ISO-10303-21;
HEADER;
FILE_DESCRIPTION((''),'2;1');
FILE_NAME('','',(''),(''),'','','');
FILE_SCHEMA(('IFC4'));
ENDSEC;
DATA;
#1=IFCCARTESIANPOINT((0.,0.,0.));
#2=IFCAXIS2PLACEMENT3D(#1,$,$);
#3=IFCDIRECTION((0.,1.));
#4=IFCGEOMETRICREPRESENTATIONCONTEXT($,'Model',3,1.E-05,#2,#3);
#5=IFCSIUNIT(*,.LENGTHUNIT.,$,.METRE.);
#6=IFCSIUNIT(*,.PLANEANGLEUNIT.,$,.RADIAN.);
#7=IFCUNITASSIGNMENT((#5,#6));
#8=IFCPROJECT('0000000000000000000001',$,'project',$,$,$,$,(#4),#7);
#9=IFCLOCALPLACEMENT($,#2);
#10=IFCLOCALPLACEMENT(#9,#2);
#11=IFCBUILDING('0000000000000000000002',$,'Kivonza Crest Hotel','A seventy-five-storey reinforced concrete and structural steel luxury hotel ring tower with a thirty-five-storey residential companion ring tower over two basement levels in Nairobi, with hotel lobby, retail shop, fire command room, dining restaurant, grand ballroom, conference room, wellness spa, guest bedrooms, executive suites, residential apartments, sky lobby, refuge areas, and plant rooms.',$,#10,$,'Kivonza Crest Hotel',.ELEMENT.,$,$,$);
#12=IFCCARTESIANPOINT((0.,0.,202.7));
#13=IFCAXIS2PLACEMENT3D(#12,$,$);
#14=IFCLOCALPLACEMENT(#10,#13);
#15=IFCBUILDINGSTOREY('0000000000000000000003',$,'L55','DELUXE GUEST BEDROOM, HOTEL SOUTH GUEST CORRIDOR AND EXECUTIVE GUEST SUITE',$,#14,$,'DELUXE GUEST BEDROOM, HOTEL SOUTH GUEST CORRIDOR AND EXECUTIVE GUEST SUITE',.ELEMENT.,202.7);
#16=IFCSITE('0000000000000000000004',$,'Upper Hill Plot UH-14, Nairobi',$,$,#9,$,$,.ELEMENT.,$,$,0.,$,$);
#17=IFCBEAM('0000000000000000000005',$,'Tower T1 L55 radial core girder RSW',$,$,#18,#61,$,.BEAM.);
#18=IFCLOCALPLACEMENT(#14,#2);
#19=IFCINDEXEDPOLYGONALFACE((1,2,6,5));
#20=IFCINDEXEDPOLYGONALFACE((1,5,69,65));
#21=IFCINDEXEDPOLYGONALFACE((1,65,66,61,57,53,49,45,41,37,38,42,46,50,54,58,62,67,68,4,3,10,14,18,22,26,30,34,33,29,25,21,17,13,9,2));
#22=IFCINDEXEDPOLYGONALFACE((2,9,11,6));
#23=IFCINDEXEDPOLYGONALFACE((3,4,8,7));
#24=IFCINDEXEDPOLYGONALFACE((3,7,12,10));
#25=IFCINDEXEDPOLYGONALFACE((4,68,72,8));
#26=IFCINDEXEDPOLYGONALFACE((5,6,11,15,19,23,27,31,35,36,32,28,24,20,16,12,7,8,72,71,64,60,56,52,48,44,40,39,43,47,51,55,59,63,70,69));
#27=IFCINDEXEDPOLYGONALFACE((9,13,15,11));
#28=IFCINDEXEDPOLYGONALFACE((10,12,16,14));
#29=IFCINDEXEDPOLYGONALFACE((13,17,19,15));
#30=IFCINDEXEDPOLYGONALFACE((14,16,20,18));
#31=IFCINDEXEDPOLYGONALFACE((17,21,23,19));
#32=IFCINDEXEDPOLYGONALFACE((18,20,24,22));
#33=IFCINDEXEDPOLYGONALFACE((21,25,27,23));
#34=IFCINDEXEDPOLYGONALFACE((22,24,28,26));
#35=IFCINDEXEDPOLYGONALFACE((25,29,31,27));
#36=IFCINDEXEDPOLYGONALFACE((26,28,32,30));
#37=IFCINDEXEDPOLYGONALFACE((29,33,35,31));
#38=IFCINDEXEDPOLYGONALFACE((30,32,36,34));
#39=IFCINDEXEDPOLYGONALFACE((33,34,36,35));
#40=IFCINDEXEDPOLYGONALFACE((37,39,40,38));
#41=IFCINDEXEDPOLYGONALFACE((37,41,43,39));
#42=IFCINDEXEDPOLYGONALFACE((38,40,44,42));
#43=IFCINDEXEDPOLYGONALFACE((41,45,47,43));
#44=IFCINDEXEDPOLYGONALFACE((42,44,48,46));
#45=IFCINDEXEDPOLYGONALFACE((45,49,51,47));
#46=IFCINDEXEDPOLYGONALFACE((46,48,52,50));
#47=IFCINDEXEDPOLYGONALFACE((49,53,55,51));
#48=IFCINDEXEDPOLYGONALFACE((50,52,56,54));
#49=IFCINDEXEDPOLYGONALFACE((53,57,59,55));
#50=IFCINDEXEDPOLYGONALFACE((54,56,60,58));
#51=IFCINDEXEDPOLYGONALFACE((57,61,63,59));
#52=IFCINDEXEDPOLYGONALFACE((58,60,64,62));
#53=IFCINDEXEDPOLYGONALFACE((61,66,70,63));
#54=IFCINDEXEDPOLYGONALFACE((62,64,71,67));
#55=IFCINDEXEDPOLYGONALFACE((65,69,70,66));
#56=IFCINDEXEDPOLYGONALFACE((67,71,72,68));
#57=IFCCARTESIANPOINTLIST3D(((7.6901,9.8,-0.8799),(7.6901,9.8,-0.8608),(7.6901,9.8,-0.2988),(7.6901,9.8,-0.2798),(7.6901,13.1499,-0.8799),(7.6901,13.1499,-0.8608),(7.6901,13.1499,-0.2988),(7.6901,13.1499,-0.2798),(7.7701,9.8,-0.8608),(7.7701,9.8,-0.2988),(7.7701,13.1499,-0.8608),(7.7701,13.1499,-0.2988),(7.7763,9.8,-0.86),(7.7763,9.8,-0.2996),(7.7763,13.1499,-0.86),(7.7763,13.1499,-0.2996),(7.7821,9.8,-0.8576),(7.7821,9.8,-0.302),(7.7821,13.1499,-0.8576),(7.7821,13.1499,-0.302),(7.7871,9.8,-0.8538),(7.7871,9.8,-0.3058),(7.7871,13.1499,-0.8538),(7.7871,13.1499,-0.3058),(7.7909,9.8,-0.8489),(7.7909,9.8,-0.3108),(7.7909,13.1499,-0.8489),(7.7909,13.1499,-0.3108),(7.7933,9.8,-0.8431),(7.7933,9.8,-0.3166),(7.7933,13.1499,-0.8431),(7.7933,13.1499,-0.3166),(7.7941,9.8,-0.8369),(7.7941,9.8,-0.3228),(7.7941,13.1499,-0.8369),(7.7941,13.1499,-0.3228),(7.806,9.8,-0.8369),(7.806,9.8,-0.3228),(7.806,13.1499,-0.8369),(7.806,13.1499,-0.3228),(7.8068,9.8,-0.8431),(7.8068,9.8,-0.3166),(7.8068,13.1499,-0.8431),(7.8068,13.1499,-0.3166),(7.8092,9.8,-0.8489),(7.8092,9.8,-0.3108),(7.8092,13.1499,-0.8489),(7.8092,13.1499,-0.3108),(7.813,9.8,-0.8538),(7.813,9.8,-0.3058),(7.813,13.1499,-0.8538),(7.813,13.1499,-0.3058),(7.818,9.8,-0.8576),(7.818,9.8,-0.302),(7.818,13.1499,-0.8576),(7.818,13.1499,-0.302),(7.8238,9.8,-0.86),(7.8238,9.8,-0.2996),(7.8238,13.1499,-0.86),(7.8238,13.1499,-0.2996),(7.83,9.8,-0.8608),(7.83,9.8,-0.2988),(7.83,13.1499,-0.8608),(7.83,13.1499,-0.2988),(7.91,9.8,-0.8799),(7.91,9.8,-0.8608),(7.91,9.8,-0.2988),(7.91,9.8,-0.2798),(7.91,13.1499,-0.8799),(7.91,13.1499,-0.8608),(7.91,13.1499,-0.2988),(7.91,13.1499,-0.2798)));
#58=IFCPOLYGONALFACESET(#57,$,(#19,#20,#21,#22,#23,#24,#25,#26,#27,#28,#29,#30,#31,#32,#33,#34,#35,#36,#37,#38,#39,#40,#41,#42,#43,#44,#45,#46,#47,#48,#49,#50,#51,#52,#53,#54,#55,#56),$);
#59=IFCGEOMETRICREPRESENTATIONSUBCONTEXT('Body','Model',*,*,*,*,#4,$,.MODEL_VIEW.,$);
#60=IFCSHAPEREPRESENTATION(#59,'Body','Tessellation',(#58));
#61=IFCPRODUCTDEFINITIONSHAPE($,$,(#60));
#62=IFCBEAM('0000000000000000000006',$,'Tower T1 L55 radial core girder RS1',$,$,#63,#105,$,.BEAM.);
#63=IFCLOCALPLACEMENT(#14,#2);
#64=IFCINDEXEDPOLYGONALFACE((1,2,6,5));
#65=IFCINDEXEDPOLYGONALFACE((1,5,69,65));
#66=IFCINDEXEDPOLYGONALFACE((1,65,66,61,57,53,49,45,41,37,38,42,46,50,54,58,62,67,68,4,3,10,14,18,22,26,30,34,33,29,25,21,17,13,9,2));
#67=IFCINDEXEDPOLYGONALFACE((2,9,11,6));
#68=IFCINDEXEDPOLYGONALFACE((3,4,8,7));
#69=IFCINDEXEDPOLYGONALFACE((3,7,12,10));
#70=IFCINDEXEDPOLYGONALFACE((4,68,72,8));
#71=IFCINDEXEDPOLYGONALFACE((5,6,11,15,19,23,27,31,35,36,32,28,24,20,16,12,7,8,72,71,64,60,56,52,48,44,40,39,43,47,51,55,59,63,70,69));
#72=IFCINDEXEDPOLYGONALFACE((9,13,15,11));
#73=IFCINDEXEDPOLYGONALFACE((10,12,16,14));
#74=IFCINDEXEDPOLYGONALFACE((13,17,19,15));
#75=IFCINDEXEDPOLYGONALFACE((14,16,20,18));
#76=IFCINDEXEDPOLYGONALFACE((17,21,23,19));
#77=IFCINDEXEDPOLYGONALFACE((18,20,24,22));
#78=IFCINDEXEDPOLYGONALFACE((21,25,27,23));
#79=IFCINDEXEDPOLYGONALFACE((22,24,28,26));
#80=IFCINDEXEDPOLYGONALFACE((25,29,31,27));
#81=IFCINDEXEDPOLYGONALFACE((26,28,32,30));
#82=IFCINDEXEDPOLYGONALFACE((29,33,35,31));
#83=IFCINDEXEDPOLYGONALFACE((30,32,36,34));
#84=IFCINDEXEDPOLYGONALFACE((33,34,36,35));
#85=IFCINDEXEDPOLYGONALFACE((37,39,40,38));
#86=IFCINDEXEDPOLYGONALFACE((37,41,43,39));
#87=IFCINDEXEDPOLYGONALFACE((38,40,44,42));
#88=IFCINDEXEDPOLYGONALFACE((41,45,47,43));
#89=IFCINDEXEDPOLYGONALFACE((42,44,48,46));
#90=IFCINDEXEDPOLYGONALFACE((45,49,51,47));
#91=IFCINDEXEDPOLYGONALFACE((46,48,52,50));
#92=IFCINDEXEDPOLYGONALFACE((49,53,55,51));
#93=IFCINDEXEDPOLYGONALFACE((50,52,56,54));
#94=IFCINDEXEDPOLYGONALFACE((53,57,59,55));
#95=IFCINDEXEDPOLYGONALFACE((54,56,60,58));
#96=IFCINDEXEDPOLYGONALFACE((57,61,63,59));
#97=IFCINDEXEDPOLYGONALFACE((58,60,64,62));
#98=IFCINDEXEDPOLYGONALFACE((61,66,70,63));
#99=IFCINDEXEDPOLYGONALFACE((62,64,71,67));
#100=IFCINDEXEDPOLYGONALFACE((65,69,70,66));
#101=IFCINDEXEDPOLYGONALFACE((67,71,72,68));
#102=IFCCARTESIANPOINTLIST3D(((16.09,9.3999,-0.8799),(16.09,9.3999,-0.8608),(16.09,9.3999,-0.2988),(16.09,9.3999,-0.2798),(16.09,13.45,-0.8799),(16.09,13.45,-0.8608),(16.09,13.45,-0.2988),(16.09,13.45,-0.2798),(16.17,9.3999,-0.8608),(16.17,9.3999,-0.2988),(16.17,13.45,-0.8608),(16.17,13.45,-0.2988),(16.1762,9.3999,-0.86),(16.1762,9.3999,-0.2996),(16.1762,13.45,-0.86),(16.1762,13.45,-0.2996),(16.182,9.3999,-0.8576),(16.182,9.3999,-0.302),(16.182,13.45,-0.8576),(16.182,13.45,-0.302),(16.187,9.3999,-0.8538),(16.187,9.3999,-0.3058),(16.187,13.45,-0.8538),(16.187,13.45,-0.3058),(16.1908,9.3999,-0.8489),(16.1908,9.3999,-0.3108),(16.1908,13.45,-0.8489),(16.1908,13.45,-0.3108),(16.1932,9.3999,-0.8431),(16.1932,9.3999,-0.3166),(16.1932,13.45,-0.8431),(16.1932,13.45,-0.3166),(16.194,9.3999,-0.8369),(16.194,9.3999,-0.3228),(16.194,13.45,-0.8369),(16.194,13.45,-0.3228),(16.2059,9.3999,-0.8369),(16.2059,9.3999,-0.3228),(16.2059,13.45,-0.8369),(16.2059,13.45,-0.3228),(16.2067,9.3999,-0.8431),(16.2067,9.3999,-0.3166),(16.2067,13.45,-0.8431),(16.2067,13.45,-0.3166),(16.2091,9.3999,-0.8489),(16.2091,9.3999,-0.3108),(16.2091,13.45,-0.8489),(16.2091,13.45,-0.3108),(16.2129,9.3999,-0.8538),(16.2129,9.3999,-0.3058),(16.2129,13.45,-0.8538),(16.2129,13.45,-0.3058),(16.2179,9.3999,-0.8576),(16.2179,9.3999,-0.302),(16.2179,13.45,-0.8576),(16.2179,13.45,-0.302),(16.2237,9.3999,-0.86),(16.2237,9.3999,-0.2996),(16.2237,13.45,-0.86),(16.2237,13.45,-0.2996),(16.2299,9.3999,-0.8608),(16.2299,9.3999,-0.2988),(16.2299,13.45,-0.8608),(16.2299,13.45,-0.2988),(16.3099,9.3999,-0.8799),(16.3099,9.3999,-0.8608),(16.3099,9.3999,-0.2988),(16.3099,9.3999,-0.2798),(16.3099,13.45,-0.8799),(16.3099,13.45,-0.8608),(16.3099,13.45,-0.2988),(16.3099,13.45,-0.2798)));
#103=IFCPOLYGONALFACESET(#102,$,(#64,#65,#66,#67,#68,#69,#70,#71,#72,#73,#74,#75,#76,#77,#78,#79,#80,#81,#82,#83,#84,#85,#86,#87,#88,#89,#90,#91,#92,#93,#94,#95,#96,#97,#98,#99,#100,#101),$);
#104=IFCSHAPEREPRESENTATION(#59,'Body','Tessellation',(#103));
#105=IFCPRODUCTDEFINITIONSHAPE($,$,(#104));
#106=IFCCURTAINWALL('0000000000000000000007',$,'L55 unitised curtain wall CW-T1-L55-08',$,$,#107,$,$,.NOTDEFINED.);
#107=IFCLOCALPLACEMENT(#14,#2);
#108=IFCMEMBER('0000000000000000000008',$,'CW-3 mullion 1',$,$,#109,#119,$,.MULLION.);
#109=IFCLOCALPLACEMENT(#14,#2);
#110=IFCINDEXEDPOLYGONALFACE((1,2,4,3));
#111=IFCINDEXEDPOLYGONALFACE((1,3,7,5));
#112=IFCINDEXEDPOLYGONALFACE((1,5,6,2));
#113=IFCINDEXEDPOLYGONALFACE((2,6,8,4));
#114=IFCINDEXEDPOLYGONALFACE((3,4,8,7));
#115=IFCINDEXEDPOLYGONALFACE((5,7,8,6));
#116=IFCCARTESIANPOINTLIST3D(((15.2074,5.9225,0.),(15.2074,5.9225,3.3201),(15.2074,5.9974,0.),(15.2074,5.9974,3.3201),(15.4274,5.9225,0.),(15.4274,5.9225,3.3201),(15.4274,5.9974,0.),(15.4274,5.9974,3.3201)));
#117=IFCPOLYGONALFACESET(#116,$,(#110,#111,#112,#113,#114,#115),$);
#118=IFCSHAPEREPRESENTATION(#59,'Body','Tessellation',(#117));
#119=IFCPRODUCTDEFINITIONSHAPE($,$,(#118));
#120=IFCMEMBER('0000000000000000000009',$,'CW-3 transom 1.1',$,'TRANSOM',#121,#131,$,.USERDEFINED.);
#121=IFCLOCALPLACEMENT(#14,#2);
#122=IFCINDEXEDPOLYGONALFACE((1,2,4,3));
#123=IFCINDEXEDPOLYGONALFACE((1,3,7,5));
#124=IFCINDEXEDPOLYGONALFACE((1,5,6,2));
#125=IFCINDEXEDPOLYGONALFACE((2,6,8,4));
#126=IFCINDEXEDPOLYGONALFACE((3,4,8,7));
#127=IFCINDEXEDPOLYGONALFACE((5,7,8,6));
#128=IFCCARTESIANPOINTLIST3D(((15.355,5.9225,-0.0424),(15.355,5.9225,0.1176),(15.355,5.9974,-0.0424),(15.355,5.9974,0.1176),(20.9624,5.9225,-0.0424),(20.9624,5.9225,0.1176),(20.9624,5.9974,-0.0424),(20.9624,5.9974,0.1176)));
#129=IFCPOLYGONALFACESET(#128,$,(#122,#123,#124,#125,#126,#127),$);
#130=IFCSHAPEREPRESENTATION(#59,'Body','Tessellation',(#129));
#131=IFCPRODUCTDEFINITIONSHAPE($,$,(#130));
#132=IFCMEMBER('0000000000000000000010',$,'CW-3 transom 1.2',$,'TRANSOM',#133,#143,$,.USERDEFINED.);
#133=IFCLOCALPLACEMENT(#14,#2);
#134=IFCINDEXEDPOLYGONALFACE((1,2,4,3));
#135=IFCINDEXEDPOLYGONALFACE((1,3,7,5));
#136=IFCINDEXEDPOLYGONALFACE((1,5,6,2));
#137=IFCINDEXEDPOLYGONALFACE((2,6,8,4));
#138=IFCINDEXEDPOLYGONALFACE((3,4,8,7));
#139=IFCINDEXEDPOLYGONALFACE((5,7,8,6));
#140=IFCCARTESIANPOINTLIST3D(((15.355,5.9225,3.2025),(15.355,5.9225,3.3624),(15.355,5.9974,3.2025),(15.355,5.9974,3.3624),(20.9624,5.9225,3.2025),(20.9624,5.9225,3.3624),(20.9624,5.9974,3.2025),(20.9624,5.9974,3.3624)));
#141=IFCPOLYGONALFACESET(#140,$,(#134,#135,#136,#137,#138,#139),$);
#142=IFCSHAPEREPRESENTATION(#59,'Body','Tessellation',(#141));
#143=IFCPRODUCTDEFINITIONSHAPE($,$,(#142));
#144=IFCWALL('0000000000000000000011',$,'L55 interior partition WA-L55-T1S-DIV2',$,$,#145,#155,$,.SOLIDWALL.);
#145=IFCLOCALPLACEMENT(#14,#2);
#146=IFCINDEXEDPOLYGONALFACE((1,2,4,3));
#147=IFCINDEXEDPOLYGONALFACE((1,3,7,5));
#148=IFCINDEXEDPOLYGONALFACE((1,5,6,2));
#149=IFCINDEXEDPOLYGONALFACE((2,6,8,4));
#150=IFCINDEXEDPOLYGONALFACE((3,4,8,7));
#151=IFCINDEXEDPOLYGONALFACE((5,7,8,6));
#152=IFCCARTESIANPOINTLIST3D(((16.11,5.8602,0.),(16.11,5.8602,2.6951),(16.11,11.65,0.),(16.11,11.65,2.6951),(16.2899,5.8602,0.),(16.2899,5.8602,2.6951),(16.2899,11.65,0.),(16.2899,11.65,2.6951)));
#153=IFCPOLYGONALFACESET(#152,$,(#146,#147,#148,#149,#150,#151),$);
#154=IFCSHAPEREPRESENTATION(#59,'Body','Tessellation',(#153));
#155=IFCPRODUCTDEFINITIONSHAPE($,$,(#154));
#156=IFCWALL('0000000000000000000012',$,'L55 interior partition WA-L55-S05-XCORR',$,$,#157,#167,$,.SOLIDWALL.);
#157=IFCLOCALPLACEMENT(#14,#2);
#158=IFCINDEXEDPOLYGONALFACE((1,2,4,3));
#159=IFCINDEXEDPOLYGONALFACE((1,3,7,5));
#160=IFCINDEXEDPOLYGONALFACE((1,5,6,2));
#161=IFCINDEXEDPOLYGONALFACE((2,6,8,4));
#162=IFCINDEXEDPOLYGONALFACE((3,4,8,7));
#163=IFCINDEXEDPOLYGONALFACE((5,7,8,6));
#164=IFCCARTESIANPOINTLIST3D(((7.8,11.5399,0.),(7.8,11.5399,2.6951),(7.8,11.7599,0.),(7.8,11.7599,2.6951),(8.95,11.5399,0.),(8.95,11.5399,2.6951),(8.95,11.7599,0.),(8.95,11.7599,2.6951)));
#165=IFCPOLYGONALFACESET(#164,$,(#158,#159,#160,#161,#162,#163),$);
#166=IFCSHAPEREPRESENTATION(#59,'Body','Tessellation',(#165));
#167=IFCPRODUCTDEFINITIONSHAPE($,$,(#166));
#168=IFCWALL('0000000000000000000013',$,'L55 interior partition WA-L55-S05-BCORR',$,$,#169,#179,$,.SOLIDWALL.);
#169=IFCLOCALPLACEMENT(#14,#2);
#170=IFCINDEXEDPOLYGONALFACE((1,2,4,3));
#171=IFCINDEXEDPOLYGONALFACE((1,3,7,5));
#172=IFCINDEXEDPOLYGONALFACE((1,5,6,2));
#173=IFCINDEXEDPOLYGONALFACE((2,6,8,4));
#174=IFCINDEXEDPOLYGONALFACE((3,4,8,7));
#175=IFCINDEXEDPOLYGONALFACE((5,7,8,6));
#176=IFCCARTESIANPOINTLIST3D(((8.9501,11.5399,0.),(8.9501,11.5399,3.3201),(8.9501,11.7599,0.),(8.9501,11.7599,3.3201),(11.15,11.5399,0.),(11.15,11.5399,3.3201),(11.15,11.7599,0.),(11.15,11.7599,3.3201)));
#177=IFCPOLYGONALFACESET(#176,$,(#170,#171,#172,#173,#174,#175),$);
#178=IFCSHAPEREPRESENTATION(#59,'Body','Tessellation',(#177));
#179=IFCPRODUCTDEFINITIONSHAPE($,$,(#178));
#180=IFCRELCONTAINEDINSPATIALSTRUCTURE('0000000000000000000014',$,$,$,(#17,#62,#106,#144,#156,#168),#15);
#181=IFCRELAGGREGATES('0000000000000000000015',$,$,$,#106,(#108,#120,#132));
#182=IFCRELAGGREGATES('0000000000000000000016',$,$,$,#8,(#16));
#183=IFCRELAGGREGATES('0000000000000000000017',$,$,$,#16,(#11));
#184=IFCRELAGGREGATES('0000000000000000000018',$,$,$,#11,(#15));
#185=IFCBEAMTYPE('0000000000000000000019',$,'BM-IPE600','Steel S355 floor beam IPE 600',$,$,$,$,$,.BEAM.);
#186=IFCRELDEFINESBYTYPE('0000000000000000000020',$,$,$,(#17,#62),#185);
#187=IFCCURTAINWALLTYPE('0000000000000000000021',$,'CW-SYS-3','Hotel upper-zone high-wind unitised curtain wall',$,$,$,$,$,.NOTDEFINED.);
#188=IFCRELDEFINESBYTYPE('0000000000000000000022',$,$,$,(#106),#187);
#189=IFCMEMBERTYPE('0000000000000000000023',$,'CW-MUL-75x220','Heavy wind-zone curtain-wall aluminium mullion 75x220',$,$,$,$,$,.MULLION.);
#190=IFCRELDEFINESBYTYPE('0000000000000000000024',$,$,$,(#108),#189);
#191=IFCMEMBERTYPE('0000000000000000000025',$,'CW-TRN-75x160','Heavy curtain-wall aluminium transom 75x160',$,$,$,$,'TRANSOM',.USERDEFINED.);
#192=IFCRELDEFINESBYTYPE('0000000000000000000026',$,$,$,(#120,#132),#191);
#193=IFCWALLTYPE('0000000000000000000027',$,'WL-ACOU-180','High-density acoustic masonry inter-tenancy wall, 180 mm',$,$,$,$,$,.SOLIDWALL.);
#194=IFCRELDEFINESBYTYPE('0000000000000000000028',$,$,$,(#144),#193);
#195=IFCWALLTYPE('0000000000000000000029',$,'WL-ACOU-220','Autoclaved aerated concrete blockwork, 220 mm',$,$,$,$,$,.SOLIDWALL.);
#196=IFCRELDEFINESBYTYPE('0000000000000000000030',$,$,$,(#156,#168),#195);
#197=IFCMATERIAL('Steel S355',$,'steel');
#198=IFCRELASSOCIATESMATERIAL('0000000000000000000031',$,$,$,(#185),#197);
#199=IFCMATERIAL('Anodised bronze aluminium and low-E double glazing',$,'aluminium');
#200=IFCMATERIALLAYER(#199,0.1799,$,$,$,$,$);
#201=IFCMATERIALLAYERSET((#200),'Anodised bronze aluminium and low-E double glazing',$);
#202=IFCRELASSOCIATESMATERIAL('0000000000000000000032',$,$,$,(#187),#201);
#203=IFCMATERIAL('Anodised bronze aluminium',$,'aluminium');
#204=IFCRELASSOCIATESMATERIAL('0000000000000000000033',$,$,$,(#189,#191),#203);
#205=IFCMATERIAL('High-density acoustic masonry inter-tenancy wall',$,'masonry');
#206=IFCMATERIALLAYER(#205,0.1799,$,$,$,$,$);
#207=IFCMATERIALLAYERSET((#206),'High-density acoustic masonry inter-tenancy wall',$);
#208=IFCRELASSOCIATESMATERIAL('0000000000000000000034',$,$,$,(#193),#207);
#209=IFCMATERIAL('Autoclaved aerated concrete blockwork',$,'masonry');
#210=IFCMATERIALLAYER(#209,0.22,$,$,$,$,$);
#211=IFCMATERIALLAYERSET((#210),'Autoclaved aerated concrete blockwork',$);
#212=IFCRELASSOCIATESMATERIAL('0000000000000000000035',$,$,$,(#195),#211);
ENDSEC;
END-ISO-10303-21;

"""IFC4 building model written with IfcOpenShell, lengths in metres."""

from ifc_helpers import new_model, si_unit, direction, frame, frame_2d, origin, origin_2d, place, context, subcontext, project, spatial, rectangle, i_section, extrude, material, layer, layer_set, material_profile, profile_set, type_object, element, aggregate, save


model = new_model("IFC4")

# Units and contexts
model_context = context("Model", 3, precision=1e-05, world=origin(), true_north=direction((0.0, 1.0)))
body_context = subcontext(model_context, "Body", "Model", "MODEL_VIEW")
ifc_project = project(units=[si_unit("LENGTHUNIT", "METRE"), si_unit("PLANEANGLEUNIT", "RADIAN")], contexts=[model_context])

# Site, building, storey
site_placement = place(None, origin())
site = spatial("IfcSite", under=ifc_project, at=site_placement, Name="Upper Hill Plot UH-14, Nairobi", CompositionType="ELEMENT", RefElevation=0.0)
building_placement = place(site_placement, origin())
building = spatial("IfcBuilding", under=site, at=building_placement, Name="Kivonza Crest Hotel", Description="A seventy-five-storey reinforced concrete and structural steel luxury hotel ring tower with a thirty-five-storey residential companion ring tower over two basement levels in Nairobi, with hotel lobby, retail shop, fire command room, dining restaurant, grand ballroom, conference room, wellness spa, guest bedrooms, executive suites, residential apartments, sky lobby, refuge areas, and plant rooms.", LongName="Kivonza Crest Hotel", CompositionType="ELEMENT")
storey_placement = place(building_placement, frame((0.0, 0.0, 202.7)))
storey = spatial("IfcBuildingStorey", under=building, at=storey_placement, Name="L55", Description="DELUXE GUEST BEDROOM, HOTEL SOUTH GUEST CORRIDOR AND EXECUTIVE GUEST SUITE", LongName="DELUXE GUEST BEDROOM, HOTEL SOUTH GUEST CORRIDOR AND EXECUTIVE GUEST SUITE", CompositionType="ELEMENT", Elevation=202.7)

# Beams
ifc_material_1 = material(Name="Steel S355", Category="steel")
ifc_material_profile_1 = material_profile(ifc_material_1, i_section(OverallWidth=0.22, OverallDepth=0.6001, WebThickness=0.012, FlangeThickness=0.019, FilletRadius=0.0239, at=origin_2d()), Name="IPE 600")
ifc_profile_set_1 = profile_set([ifc_material_profile_1], Name="Steel S355")
beam_type_1 = type_object("IfcBeamType", Name="BM-IPE600", Description="Steel S355 floor beam IPE 600", PredefinedType="BEAM", material=ifc_profile_set_1)
beam_1_placement = place(storey_placement, frame((7.8, 9.8, -0.5798), z_axis=(0.0, 1.0, 0.0), x_axis=(-1.0, 0.0, 0.0)))
element("IfcBeam", 1, at=beam_1_placement, inside=storey, type_object=beam_type_1, Name="Tower T1 L55 radial core girder RSW", PredefinedType="BEAM", context=body_context, shape_type="SweptSolid", body=[
    extrude(i_section(OverallWidth=0.22, OverallDepth=0.6001, WebThickness=0.012, FlangeThickness=0.019, FilletRadius=0.0239, at=origin_2d()), origin(), (0.0, 0.0, 1.0), 3.3499),
])
beam_2_placement = place(storey_placement, frame((16.2, 9.3999, -0.5798), z_axis=(0.0, 1.0, 0.0), x_axis=(-1.0, 0.0, 0.0)))
element("IfcBeam", 2, at=beam_2_placement, inside=storey, type_object=beam_type_1, Name="Tower T1 L55 radial core girder RS1", PredefinedType="BEAM", context=body_context, shape_type="SweptSolid", body=[
    extrude(i_section(OverallWidth=0.22, OverallDepth=0.6001, WebThickness=0.012, FlangeThickness=0.019, FilletRadius=0.0239, at=origin_2d()), origin(), (0.0, 0.0, 1.0), 4.05),
])

# Curtain wall, members
ifc_material_2 = material(Name="Anodised bronze aluminium and low-E double glazing", Category="aluminium")
ifc_layer_1 = layer(ifc_material_2, 0.1799)
ifc_layer_set_1 = layer_set([ifc_layer_1], Name="Anodised bronze aluminium and low-E double glazing")
curtain_wall_type = type_object("IfcCurtainWallType", Name="CW-SYS-3", Description="Hotel upper-zone high-wind unitised curtain wall", PredefinedType="NOTDEFINED", material=ifc_layer_set_1)
curtain_wall_placement = place(storey_placement, origin())
curtain_wall = element("IfcCurtainWall", 3, at=curtain_wall_placement, inside=storey, type_object=curtain_wall_type, Name="L55 unitised curtain wall CW-T1-L55-08", PredefinedType="NOTDEFINED")
ifc_material_3 = material(Name="Anodised bronze aluminium", Category="aluminium")
ifc_material_profile_2 = material_profile(ifc_material_3, rectangle(XDim=0.075, YDim=0.22, at=origin_2d()), Name="CW-M 75x220")
ifc_profile_set_2 = profile_set([ifc_material_profile_2], Name="Anodised bronze aluminium")
member_type_1 = type_object("IfcMemberType", Name="CW-MUL-75x220", Description="Heavy wind-zone curtain-wall aluminium mullion 75x220", PredefinedType="MULLION", material=ifc_profile_set_2)
member_1_placement = place(storey_placement, frame((15.3174, 5.96, 0.0), z_axis=(0.0, 0.0, 1.0), x_axis=(0.0, 1.0, 0.0)))
member_1 = element("IfcMember", 4, at=member_1_placement, type_object=member_type_1, Name="CW-3 mullion 1", PredefinedType="MULLION", context=body_context, shape_type="SweptSolid", body=[
    extrude(rectangle(XDim=0.075, YDim=0.22, at=origin_2d()), origin(), (0.0, 0.0, 1.0), 3.3201),
])
ifc_material_profile_3 = material_profile(ifc_material_3, rectangle(XDim=0.075, YDim=0.1599, at=origin_2d()), Name="CW-T 75x160")
ifc_profile_set_3 = profile_set([ifc_material_profile_3], Name="Anodised bronze aluminium")
member_type_2 = type_object("IfcMemberType", Name="CW-TRN-75x160", Description="Heavy curtain-wall aluminium transom 75x160", ElementType="TRANSOM", PredefinedType="USERDEFINED", material=ifc_profile_set_3)
member_2_placement = place(storey_placement, frame((15.355, 5.96, 0.0376), z_axis=(1.0, 0.0, 0.0), x_axis=(0.0, 1.0, 0.0)))
member_2 = element("IfcMember", 5, at=member_2_placement, type_object=member_type_2, Name="CW-3 transom 1.1", ObjectType="TRANSOM", PredefinedType="USERDEFINED", context=body_context, shape_type="SweptSolid", body=[
    extrude(rectangle(XDim=0.075, YDim=0.1599, at=origin_2d()), origin(), (0.0, 0.0, 1.0), 5.6074),
])
member_3_placement = place(storey_placement, frame((15.355, 5.96, 3.2825), z_axis=(1.0, 0.0, 0.0), x_axis=(0.0, 1.0, 0.0)))
member_3 = element("IfcMember", 6, at=member_3_placement, type_object=member_type_2, Name="CW-3 transom 1.2", ObjectType="TRANSOM", PredefinedType="USERDEFINED", context=body_context, shape_type="SweptSolid", body=[
    extrude(rectangle(XDim=0.075, YDim=0.1599, at=origin_2d()), origin(), (0.0, 0.0, 1.0), 5.6074),
])
aggregate(curtain_wall, [member_1, member_2, member_3])

# Walls
ifc_material_4 = material(Name="High-density acoustic masonry inter-tenancy wall", Category="masonry")
ifc_layer_2 = layer(ifc_material_4, 0.1799)
ifc_layer_set_2 = layer_set([ifc_layer_2], Name="High-density acoustic masonry inter-tenancy wall")
wall_type_1 = type_object("IfcWallType", Name="WL-ACOU-180", Description="High-density acoustic masonry inter-tenancy wall, 180 mm", PredefinedType="SOLIDWALL", material=ifc_layer_set_2)
wall_1_placement = place(storey_placement, frame((16.2, 5.8601, 0.0), z_axis=(0.0, 0.0, 1.0), x_axis=(0.0, 1.0, 0.0)))
element("IfcWall", 7, at=wall_1_placement, inside=storey, type_object=wall_type_1, Name="L55 interior partition WA-L55-T1S-DIV2", PredefinedType="SOLIDWALL", context=body_context, shape_type="SweptSolid", body=[
    extrude(rectangle(XDim=5.7898, YDim=0.1799, at=frame_2d((2.895, 0.0))), origin(), (0.0, 0.0, 1.0), 2.6951),
])
ifc_material_5 = material(Name="Autoclaved aerated concrete blockwork", Category="masonry")
ifc_layer_3 = layer(ifc_material_5, 0.22)
ifc_layer_set_3 = layer_set([ifc_layer_3], Name="Autoclaved aerated concrete blockwork")
wall_type_2 = type_object("IfcWallType", Name="WL-ACOU-220", Description="Autoclaved aerated concrete blockwork, 220 mm", PredefinedType="SOLIDWALL", material=ifc_layer_set_3)
wall_2_placement = place(storey_placement, frame((7.8, 11.6499, 0.0), z_axis=(0.0, 0.0, 1.0), x_axis=(1.0, 0.0, 0.0)))
element("IfcWall", 8, at=wall_2_placement, inside=storey, type_object=wall_type_2, Name="L55 interior partition WA-L55-S05-XCORR", PredefinedType="SOLIDWALL", context=body_context, shape_type="SweptSolid", body=[
    extrude(rectangle(XDim=1.1499, YDim=0.22, at=frame_2d((0.575, 0.0))), origin(), (0.0, 0.0, 1.0), 2.6951),
])
wall_3_placement = place(storey_placement, frame((8.95, 11.6499, 0.0), z_axis=(0.0, 0.0, 1.0), x_axis=(1.0, 0.0, 0.0)))
element("IfcWall", 9, at=wall_3_placement, inside=storey, type_object=wall_type_2, Name="L55 interior partition WA-L55-S05-BCORR", PredefinedType="SOLIDWALL", context=body_context, shape_type="SweptSolid", body=[
    extrude(rectangle(XDim=2.2, YDim=0.22, at=frame_2d((1.1001, 0.0))), origin(), (0.0, 0.0, 1.0), 3.3201),
])

save(model, "model.ifc")
